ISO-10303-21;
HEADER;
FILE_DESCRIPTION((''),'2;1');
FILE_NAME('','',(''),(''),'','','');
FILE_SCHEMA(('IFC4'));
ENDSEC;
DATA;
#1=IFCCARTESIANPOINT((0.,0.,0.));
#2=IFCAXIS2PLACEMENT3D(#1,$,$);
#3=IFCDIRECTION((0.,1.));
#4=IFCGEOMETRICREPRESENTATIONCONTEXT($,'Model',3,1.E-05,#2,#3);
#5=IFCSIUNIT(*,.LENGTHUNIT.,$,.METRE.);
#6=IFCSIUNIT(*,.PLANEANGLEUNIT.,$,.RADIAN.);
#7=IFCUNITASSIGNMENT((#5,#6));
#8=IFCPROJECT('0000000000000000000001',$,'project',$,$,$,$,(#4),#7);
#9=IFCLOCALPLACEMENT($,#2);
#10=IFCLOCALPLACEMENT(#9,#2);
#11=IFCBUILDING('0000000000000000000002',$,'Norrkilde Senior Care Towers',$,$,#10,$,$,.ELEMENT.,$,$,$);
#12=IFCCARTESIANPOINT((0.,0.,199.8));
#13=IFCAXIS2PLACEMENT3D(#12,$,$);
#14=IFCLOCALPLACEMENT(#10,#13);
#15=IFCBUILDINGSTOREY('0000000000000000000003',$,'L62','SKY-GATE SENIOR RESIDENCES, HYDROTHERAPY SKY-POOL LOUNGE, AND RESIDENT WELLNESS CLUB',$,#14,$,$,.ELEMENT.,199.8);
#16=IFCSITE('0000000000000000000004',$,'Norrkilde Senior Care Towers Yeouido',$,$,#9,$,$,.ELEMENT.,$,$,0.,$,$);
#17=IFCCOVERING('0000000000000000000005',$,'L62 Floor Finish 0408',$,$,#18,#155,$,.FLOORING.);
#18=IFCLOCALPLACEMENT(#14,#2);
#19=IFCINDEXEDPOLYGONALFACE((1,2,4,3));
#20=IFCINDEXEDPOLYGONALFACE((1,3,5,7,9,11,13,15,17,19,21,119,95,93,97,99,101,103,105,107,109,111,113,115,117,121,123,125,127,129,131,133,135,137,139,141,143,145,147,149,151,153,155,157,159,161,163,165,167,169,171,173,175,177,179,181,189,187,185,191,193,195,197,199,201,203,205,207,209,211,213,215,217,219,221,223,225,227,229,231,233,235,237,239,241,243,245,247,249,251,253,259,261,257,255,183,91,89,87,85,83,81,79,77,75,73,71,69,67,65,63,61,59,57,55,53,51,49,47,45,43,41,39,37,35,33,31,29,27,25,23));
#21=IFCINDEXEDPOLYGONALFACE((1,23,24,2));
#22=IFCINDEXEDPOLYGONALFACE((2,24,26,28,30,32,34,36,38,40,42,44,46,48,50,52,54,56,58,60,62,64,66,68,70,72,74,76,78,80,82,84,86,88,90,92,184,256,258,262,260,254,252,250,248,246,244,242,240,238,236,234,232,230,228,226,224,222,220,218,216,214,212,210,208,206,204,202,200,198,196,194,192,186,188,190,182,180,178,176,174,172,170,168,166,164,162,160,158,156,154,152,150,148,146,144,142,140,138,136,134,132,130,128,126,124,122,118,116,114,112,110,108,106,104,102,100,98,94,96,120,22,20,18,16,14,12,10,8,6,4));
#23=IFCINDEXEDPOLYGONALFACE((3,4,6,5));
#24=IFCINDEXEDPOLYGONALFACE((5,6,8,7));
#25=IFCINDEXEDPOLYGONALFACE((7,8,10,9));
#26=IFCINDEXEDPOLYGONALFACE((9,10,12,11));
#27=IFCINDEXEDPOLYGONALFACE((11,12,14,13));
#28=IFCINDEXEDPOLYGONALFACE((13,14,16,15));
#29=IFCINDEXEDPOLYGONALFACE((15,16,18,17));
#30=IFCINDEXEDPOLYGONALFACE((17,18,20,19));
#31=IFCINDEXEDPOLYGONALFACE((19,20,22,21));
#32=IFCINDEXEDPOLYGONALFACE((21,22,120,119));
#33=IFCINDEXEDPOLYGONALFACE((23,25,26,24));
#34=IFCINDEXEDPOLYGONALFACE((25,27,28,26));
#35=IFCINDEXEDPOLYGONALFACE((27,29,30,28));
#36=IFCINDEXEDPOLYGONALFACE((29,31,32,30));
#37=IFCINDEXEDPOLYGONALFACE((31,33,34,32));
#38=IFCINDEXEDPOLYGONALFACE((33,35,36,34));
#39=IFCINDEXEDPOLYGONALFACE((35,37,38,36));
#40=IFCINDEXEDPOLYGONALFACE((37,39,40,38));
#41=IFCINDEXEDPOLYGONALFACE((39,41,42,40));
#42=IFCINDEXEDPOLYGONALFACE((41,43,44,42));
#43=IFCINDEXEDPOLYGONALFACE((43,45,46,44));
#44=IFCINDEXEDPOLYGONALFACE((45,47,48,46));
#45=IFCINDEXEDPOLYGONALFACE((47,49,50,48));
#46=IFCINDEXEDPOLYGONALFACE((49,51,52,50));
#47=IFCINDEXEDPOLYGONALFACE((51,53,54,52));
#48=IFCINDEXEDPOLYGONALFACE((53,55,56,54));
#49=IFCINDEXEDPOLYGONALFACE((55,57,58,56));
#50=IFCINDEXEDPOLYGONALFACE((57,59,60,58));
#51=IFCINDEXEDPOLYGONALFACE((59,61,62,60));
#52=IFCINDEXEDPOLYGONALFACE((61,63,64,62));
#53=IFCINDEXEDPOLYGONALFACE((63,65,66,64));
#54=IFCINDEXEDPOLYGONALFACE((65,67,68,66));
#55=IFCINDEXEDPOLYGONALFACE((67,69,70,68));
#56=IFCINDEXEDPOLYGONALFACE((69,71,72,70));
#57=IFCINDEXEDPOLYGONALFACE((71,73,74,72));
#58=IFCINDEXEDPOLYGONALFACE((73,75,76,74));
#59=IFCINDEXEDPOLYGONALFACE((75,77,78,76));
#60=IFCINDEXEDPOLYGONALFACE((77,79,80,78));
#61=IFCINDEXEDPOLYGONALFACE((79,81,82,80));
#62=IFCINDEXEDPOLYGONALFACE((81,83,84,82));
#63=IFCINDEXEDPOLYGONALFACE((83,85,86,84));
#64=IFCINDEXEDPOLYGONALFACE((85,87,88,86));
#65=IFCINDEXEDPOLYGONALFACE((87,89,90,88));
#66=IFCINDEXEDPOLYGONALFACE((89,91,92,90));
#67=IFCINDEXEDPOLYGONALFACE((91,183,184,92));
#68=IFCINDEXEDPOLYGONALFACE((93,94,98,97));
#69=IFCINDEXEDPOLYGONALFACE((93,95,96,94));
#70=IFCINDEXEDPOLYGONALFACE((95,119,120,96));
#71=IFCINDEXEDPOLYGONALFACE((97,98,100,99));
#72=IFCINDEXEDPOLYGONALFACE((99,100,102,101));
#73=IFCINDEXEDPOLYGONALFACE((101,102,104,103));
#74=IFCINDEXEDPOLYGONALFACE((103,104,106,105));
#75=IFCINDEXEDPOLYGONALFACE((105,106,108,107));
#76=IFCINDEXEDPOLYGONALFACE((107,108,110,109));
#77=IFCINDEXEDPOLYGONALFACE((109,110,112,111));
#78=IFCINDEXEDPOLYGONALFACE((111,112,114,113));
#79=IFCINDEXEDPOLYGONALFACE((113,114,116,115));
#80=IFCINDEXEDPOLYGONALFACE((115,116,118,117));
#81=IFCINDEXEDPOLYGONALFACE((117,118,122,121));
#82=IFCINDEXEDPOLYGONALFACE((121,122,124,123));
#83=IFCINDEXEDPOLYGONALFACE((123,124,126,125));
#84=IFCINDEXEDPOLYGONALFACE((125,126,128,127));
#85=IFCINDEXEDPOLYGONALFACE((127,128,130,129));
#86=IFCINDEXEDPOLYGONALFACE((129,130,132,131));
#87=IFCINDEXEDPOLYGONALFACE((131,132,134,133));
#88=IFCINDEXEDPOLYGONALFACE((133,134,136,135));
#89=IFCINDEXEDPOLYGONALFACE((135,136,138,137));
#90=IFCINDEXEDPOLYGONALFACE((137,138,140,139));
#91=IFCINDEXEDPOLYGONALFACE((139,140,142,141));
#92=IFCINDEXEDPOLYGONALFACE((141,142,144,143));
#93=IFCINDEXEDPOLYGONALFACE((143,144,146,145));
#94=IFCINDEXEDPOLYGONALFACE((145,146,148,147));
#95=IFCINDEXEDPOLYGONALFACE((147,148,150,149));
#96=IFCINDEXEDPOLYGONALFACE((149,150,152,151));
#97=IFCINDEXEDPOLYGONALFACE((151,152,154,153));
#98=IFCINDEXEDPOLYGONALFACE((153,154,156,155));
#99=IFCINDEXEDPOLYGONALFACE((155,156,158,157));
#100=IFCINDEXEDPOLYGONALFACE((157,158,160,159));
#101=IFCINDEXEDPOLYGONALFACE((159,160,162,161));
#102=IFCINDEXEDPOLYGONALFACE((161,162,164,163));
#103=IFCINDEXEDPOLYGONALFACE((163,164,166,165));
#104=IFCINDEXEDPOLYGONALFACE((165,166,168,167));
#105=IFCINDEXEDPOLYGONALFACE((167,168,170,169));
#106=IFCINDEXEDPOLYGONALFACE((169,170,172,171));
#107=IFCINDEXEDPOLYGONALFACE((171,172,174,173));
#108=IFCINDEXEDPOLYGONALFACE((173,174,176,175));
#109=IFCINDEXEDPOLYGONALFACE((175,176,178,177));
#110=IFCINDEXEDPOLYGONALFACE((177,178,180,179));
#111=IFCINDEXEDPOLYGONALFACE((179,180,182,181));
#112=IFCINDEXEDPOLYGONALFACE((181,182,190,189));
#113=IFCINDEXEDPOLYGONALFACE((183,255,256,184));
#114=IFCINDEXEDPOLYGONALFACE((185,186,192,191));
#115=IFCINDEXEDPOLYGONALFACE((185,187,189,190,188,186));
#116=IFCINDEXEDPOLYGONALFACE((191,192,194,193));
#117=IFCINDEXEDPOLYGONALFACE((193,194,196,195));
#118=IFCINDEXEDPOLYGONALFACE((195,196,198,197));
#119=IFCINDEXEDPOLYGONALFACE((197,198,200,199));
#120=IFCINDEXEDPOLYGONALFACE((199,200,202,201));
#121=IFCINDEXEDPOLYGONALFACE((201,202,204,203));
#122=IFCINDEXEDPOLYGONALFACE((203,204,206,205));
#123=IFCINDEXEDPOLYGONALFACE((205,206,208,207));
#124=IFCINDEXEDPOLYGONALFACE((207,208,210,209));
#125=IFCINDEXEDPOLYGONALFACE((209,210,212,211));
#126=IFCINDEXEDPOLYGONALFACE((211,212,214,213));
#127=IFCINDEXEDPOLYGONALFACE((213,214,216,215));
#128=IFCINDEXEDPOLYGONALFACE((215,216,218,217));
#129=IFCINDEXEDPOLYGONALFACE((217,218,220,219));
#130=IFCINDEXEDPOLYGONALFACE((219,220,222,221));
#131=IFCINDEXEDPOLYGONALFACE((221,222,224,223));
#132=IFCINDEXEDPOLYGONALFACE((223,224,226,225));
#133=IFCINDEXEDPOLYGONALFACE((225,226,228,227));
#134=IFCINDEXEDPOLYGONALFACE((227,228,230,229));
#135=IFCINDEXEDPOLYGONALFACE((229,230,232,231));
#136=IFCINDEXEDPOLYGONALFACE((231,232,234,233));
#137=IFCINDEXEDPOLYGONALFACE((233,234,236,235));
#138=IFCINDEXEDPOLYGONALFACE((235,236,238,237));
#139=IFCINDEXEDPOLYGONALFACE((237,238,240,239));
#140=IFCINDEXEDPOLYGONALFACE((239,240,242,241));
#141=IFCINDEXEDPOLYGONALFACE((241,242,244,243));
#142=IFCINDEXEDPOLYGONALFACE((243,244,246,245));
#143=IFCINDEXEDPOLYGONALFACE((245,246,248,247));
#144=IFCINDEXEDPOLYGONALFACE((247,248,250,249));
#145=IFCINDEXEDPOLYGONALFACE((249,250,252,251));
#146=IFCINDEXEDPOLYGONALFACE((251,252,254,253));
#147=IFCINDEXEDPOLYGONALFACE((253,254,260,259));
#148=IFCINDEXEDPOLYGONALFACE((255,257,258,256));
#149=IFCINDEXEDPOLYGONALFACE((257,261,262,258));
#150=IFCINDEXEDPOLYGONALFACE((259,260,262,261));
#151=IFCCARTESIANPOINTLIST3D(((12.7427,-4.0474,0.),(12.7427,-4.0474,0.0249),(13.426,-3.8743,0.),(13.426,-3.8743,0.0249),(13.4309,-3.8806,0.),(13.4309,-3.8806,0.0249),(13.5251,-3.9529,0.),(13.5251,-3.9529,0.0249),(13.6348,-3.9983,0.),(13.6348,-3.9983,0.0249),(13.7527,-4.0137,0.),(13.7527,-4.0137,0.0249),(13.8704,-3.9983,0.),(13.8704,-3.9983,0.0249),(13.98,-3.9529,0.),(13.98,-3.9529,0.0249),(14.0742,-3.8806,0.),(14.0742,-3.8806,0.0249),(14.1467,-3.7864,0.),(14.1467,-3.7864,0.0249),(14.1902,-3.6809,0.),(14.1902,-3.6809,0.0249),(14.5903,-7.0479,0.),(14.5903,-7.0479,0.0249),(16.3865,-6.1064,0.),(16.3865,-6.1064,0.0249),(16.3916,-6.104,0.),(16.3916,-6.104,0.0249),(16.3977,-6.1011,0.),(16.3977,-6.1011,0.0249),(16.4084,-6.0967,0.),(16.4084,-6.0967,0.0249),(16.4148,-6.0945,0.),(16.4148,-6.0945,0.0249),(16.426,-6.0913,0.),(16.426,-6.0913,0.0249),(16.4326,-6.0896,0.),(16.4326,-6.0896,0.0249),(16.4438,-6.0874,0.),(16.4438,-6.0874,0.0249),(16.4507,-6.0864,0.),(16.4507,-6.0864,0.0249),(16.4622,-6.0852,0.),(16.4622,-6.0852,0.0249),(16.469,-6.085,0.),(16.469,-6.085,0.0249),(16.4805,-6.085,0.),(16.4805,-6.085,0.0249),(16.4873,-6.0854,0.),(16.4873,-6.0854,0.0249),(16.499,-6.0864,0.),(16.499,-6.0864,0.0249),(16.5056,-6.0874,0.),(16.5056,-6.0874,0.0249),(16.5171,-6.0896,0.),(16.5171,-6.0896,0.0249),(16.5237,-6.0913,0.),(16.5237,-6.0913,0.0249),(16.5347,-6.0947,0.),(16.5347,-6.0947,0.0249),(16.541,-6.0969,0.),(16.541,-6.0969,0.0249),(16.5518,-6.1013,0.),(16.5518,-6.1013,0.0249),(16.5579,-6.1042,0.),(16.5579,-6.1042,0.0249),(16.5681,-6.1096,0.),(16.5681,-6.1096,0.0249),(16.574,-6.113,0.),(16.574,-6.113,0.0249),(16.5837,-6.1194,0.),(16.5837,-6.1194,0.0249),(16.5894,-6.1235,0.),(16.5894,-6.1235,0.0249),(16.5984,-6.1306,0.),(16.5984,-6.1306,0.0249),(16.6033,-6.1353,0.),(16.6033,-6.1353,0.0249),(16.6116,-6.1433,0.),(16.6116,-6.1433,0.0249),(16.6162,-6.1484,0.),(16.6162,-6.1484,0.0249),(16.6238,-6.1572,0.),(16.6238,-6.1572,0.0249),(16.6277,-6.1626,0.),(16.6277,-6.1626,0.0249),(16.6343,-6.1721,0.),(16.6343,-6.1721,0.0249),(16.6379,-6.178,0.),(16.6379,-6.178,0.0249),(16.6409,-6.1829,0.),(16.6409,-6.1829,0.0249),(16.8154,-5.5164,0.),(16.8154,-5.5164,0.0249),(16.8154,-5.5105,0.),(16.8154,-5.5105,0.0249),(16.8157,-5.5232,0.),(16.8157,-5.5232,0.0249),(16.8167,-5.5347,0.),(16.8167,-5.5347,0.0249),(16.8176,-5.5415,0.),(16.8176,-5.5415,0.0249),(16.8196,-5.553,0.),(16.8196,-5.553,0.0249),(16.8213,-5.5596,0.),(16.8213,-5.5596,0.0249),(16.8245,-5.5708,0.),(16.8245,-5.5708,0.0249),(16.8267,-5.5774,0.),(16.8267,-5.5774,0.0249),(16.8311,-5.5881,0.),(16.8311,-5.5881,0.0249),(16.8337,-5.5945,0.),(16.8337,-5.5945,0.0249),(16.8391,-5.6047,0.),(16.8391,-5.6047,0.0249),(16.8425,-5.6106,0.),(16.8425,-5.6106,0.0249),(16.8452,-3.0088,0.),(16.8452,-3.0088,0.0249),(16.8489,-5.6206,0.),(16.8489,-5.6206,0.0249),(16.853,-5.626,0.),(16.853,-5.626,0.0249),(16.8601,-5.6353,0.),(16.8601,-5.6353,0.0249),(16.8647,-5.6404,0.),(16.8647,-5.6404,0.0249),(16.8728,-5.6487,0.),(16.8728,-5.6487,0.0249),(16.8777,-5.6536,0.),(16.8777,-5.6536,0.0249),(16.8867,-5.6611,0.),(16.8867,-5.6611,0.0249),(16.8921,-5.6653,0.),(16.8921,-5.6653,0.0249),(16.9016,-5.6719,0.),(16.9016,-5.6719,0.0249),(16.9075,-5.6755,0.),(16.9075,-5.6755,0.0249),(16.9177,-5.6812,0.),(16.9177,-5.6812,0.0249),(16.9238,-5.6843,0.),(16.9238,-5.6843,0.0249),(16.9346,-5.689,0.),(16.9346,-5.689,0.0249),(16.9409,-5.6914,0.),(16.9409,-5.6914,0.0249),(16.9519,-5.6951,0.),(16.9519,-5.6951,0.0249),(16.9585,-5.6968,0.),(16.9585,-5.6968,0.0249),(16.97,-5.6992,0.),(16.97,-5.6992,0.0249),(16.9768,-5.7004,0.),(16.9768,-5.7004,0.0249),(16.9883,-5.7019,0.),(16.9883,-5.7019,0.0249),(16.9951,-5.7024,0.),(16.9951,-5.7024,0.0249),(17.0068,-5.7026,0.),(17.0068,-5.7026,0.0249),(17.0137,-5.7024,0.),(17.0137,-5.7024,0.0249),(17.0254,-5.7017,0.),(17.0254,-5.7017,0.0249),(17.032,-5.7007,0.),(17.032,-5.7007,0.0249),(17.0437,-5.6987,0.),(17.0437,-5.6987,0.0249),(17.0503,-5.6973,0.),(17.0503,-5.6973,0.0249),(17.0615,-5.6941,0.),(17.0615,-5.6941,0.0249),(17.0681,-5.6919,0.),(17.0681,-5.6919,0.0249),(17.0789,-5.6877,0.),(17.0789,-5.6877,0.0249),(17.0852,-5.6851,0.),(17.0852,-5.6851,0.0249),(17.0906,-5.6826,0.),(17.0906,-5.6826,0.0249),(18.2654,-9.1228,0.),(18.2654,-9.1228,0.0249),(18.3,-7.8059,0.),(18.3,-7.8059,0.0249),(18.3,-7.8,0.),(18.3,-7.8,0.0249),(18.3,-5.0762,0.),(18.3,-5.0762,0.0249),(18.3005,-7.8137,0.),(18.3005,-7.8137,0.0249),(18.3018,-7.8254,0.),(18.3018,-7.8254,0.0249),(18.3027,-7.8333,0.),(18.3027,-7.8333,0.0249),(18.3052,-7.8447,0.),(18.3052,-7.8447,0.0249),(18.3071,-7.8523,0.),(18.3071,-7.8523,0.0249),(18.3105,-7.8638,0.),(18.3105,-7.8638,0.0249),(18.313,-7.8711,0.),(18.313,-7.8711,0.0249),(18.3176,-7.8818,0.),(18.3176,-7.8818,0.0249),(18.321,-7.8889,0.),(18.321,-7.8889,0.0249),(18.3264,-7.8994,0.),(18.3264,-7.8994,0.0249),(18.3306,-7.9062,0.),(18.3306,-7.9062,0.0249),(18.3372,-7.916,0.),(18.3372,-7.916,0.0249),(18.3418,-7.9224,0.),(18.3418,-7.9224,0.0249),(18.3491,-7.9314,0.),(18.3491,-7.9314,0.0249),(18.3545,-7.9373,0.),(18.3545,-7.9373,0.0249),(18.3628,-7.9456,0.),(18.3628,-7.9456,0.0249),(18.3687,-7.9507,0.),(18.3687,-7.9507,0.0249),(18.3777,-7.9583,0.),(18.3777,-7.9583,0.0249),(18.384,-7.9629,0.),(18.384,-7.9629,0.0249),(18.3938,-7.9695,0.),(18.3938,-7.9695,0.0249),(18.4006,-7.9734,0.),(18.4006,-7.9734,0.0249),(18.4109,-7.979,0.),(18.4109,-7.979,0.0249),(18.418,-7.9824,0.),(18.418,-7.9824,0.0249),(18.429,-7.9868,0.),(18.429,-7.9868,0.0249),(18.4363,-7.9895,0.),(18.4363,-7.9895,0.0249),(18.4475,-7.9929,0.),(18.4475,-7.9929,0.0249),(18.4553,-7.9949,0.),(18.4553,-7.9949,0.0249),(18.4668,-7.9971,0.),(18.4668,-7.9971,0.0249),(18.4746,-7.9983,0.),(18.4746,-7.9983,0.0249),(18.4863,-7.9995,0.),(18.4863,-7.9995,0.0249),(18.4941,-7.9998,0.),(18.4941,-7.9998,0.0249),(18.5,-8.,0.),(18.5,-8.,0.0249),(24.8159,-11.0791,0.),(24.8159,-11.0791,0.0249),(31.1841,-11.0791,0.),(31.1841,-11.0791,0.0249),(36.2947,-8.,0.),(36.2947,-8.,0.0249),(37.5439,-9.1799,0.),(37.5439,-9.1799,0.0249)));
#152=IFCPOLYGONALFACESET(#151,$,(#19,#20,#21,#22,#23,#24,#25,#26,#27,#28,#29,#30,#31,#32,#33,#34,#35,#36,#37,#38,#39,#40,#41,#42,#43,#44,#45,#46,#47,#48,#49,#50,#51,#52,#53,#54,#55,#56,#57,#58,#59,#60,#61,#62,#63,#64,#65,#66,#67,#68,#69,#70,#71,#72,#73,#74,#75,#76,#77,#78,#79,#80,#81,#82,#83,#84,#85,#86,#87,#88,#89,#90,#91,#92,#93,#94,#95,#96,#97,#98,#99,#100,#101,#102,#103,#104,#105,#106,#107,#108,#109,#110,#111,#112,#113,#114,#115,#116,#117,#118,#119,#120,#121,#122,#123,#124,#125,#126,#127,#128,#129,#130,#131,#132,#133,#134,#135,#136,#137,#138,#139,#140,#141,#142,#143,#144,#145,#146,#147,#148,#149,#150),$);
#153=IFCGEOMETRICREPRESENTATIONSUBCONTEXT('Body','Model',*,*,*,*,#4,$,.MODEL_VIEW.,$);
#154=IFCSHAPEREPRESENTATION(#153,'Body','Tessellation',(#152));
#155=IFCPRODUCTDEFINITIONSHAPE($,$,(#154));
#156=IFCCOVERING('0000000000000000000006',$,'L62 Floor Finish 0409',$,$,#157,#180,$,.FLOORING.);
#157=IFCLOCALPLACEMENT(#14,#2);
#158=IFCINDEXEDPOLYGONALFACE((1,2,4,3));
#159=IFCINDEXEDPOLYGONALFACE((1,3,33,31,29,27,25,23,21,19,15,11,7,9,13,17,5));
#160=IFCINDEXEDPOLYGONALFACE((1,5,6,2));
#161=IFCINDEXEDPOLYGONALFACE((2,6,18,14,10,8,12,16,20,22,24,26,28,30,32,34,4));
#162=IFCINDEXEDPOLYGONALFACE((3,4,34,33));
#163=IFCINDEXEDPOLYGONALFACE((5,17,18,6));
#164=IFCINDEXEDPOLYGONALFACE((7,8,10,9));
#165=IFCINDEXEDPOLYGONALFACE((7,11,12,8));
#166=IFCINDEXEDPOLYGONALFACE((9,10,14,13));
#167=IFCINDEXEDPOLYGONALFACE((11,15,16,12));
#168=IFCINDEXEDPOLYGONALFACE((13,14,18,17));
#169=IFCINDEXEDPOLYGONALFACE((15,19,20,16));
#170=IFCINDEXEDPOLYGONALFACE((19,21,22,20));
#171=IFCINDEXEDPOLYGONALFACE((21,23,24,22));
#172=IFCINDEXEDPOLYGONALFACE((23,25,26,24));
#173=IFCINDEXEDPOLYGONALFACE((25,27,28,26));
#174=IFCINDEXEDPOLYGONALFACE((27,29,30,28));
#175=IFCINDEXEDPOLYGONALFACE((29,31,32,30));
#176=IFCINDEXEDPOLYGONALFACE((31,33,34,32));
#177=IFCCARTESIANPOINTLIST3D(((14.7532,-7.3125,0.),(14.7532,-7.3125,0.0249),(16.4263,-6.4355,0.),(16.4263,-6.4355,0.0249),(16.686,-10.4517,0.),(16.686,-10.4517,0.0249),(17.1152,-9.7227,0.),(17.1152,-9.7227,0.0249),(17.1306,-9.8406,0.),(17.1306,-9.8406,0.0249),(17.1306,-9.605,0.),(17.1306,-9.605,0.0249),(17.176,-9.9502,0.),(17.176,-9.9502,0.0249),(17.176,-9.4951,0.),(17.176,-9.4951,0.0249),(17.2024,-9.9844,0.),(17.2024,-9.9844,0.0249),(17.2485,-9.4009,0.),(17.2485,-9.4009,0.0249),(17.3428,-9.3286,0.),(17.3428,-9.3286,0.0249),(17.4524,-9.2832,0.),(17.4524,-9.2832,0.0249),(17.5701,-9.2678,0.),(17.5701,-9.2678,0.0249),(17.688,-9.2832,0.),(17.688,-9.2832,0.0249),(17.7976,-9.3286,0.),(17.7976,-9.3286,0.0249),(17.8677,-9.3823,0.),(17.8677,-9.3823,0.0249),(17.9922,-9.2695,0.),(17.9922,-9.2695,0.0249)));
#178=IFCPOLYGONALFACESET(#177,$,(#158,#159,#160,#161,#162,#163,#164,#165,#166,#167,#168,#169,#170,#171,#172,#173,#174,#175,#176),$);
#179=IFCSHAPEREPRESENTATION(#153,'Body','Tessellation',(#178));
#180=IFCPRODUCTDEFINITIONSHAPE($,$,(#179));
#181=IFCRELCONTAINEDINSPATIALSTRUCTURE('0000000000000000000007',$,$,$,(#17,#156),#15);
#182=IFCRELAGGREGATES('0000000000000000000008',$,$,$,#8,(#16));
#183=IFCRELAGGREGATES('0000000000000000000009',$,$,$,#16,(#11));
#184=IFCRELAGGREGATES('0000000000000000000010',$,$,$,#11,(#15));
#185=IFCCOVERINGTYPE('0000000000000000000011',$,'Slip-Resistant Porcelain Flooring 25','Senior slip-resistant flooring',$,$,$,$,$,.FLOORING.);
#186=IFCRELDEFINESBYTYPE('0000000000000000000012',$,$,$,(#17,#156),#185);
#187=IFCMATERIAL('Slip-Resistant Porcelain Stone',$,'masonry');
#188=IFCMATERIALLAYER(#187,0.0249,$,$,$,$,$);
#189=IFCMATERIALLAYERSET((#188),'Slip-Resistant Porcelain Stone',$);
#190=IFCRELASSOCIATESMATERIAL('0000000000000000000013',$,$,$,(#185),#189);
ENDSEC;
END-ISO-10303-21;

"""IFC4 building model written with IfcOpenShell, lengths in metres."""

from ifc_helpers import new_model, si_unit, direction, frame, origin, place, context, subcontext, project, spatial, polyline, outline, extrude, material, layer, layer_set, type_object, element, save


model = new_model("IFC4")

# Units and contexts
model_context = context("Model", 3, precision=1e-05, world=origin(), true_north=direction((0.0, 1.0)))
body_context = subcontext(model_context, "Body", "Model", "MODEL_VIEW")
ifc_project = project(units=[si_unit("LENGTHUNIT", "METRE"), si_unit("PLANEANGLEUNIT", "RADIAN")], contexts=[model_context])

# Site, building, storey
site_placement = place(None, origin())
site = spatial("IfcSite", under=ifc_project, at=site_placement, Name="Norrkilde Senior Care Towers Yeouido", CompositionType="ELEMENT", RefElevation=0.0)
building_placement = place(site_placement, origin())
building = spatial("IfcBuilding", under=site, at=building_placement, Name="Norrkilde Senior Care Towers", CompositionType="ELEMENT")
storey_placement = place(building_placement, frame((0.0, 0.0, 199.8)))
storey = spatial("IfcBuildingStorey", under=building, at=storey_placement, Name="L62", Description="SKY-GATE SENIOR RESIDENCES, HYDROTHERAPY SKY-POOL LOUNGE, AND RESIDENT WELLNESS CLUB", CompositionType="ELEMENT", Elevation=199.8)

# Coverings
ifc_material_1 = material(Name="Slip-Resistant Porcelain Stone", Category="masonry")
ifc_layer_1 = layer(ifc_material_1, 0.0249)
ifc_layer_set_1 = layer_set([ifc_layer_1], Name="Slip-Resistant Porcelain Stone")
covering_type_1 = type_object("IfcCoveringType", Name="Slip-Resistant Porcelain Flooring 25", Description="Senior slip-resistant flooring", PredefinedType="FLOORING", material=ifc_layer_set_1)
covering_1_placement = place(storey_placement, origin())
element("IfcCovering", 1, at=covering_1_placement, inside=storey, type_object=covering_type_1, Name="L62 Floor Finish 0408", PredefinedType="FLOORING", context=body_context, shape_type="SweptSolid", body=[
    extrude(outline(polyline([(16.8176, -5.5415), (16.8196, -5.553), (16.8213, -5.5596), (16.8245, -5.5708), (16.8267, -5.5774), (16.8311, -5.5881), (16.8337, -5.5945), (16.8391, -5.6047), (16.8425, -5.6106), (16.8489, -5.6206), (16.853, -5.626), (16.8601, -5.6353), (16.8647, -5.6404), (16.8728, -5.6487), (16.8777, -5.6536), (16.8867, -5.6611), (16.8921, -5.6653), (16.9016, -5.6719), (16.9075, -5.6755), (16.9177, -5.6812), (16.9238, -5.6843), (16.9346, -5.689), (16.9409, -5.6914), (16.9519, -5.6951), (16.9585, -5.6968), (16.97, -5.6992), (16.9768, -5.7004), (16.9883, -5.7019), (16.9951, -5.7024), (17.0068, -5.7026), (17.0137, -5.7024), (17.0254, -5.7017), (17.032, -5.7007), (17.0437, -5.6987), (17.0503, -5.6973), (17.0615, -5.6941), (17.0681, -5.6919), (17.0789, -5.6877), (17.0852, -5.6851), (17.0906, -5.6826), (18.3, -5.0762), (18.3, -7.8), (18.3, -7.8059), (18.3005, -7.8137), (18.3018, -7.8254), (18.3027, -7.8333), (18.3052, -7.8447), (18.3071, -7.8523), (18.3105, -7.8638), (18.313, -7.8711), (18.3176, -7.8818), (18.321, -7.8889), (18.3264, -7.8994), (18.3306, -7.9062), (18.3372, -7.916), (18.3418, -7.9224), (18.3491, -7.9314), (18.3545, -7.9373), (18.3628, -7.9456), (18.3687, -7.9507), (18.3777, -7.9583), (18.384, -7.9629), (18.3938, -7.9695), (18.4006, -7.9734), (18.4109, -7.979), (18.418, -7.9824), (18.429, -7.9868), (18.4363, -7.9895), (18.4475, -7.9929), (18.4553, -7.9949), (18.4668, -7.9971), (18.4746, -7.9983), (18.4863, -7.9995), (18.4941, -7.9998), (18.5, -8.0), (36.2947, -8.0), (37.5439, -9.1799), (31.1841, -11.0791), (24.8159, -11.0791), (18.2654, -9.1228), (16.6409, -6.1829), (16.6379, -6.178), (16.6343, -6.1721), (16.6277, -6.1626), (16.6238, -6.1572), (16.6162, -6.1484), (16.6116, -6.1433), (16.6033, -6.1353), (16.5984, -6.1306), (16.5894, -6.1235), (16.5837, -6.1194), (16.574, -6.113), (16.5681, -6.1096), (16.5579, -6.1042), (16.5518, -6.1013), (16.541, -6.0969), (16.5347, -6.0947), (16.5237, -6.0913), (16.5171, -6.0896), (16.5056, -6.0874), (16.499, -6.0864), (16.4873, -6.0854), (16.4805, -6.085), (16.469, -6.085), (16.4622, -6.0852), (16.4507, -6.0864), (16.4438, -6.0874), (16.4326, -6.0896), (16.426, -6.0913), (16.4148, -6.0945), (16.4084, -6.0967), (16.3977, -6.1011), (16.3916, -6.104), (16.3865, -6.1064), (14.5903, -7.0479), (12.7427, -4.0474), (13.426, -3.8743), (13.4309, -3.8806), (13.5251, -3.9529), (13.6348, -3.9983), (13.7527, -4.0137), (13.8704, -3.9983), (13.98, -3.9529), (14.0742, -3.8806), (14.1467, -3.7864), (14.1902, -3.6809), (16.8452, -3.0088), (16.8154, -5.5105), (16.8154, -5.5164), (16.8157, -5.5232), (16.8167, -5.5347), (16.8176, -5.5415)])), origin(), (0.0, 0.0, 1.0), 0.0249),
])
covering_2_placement = place(storey_placement, origin())
element("IfcCovering", 2, at=covering_2_placement, inside=storey, type_object=covering_type_1, Name="L62 Floor Finish 0409", PredefinedType="FLOORING", context=body_context, shape_type="SweptSolid", body=[
    extrude(outline(polyline([(17.8677, -9.3823), (17.7976, -9.3286), (17.688, -9.2832), (17.5701, -9.2678), (17.4524, -9.2832), (17.3428, -9.3286), (17.2485, -9.4009), (17.176, -9.4951), (17.1306, -9.605), (17.1152, -9.7227), (17.1306, -9.8406), (17.176, -9.9502), (17.2024, -9.9844), (16.686, -10.4517), (14.7532, -7.3125), (16.4263, -6.4355), (17.9922, -9.2695), (17.8677, -9.3823)])), origin(), (0.0, 0.0, 1.0), 0.0249),
])

save(model, "model.ifc")
